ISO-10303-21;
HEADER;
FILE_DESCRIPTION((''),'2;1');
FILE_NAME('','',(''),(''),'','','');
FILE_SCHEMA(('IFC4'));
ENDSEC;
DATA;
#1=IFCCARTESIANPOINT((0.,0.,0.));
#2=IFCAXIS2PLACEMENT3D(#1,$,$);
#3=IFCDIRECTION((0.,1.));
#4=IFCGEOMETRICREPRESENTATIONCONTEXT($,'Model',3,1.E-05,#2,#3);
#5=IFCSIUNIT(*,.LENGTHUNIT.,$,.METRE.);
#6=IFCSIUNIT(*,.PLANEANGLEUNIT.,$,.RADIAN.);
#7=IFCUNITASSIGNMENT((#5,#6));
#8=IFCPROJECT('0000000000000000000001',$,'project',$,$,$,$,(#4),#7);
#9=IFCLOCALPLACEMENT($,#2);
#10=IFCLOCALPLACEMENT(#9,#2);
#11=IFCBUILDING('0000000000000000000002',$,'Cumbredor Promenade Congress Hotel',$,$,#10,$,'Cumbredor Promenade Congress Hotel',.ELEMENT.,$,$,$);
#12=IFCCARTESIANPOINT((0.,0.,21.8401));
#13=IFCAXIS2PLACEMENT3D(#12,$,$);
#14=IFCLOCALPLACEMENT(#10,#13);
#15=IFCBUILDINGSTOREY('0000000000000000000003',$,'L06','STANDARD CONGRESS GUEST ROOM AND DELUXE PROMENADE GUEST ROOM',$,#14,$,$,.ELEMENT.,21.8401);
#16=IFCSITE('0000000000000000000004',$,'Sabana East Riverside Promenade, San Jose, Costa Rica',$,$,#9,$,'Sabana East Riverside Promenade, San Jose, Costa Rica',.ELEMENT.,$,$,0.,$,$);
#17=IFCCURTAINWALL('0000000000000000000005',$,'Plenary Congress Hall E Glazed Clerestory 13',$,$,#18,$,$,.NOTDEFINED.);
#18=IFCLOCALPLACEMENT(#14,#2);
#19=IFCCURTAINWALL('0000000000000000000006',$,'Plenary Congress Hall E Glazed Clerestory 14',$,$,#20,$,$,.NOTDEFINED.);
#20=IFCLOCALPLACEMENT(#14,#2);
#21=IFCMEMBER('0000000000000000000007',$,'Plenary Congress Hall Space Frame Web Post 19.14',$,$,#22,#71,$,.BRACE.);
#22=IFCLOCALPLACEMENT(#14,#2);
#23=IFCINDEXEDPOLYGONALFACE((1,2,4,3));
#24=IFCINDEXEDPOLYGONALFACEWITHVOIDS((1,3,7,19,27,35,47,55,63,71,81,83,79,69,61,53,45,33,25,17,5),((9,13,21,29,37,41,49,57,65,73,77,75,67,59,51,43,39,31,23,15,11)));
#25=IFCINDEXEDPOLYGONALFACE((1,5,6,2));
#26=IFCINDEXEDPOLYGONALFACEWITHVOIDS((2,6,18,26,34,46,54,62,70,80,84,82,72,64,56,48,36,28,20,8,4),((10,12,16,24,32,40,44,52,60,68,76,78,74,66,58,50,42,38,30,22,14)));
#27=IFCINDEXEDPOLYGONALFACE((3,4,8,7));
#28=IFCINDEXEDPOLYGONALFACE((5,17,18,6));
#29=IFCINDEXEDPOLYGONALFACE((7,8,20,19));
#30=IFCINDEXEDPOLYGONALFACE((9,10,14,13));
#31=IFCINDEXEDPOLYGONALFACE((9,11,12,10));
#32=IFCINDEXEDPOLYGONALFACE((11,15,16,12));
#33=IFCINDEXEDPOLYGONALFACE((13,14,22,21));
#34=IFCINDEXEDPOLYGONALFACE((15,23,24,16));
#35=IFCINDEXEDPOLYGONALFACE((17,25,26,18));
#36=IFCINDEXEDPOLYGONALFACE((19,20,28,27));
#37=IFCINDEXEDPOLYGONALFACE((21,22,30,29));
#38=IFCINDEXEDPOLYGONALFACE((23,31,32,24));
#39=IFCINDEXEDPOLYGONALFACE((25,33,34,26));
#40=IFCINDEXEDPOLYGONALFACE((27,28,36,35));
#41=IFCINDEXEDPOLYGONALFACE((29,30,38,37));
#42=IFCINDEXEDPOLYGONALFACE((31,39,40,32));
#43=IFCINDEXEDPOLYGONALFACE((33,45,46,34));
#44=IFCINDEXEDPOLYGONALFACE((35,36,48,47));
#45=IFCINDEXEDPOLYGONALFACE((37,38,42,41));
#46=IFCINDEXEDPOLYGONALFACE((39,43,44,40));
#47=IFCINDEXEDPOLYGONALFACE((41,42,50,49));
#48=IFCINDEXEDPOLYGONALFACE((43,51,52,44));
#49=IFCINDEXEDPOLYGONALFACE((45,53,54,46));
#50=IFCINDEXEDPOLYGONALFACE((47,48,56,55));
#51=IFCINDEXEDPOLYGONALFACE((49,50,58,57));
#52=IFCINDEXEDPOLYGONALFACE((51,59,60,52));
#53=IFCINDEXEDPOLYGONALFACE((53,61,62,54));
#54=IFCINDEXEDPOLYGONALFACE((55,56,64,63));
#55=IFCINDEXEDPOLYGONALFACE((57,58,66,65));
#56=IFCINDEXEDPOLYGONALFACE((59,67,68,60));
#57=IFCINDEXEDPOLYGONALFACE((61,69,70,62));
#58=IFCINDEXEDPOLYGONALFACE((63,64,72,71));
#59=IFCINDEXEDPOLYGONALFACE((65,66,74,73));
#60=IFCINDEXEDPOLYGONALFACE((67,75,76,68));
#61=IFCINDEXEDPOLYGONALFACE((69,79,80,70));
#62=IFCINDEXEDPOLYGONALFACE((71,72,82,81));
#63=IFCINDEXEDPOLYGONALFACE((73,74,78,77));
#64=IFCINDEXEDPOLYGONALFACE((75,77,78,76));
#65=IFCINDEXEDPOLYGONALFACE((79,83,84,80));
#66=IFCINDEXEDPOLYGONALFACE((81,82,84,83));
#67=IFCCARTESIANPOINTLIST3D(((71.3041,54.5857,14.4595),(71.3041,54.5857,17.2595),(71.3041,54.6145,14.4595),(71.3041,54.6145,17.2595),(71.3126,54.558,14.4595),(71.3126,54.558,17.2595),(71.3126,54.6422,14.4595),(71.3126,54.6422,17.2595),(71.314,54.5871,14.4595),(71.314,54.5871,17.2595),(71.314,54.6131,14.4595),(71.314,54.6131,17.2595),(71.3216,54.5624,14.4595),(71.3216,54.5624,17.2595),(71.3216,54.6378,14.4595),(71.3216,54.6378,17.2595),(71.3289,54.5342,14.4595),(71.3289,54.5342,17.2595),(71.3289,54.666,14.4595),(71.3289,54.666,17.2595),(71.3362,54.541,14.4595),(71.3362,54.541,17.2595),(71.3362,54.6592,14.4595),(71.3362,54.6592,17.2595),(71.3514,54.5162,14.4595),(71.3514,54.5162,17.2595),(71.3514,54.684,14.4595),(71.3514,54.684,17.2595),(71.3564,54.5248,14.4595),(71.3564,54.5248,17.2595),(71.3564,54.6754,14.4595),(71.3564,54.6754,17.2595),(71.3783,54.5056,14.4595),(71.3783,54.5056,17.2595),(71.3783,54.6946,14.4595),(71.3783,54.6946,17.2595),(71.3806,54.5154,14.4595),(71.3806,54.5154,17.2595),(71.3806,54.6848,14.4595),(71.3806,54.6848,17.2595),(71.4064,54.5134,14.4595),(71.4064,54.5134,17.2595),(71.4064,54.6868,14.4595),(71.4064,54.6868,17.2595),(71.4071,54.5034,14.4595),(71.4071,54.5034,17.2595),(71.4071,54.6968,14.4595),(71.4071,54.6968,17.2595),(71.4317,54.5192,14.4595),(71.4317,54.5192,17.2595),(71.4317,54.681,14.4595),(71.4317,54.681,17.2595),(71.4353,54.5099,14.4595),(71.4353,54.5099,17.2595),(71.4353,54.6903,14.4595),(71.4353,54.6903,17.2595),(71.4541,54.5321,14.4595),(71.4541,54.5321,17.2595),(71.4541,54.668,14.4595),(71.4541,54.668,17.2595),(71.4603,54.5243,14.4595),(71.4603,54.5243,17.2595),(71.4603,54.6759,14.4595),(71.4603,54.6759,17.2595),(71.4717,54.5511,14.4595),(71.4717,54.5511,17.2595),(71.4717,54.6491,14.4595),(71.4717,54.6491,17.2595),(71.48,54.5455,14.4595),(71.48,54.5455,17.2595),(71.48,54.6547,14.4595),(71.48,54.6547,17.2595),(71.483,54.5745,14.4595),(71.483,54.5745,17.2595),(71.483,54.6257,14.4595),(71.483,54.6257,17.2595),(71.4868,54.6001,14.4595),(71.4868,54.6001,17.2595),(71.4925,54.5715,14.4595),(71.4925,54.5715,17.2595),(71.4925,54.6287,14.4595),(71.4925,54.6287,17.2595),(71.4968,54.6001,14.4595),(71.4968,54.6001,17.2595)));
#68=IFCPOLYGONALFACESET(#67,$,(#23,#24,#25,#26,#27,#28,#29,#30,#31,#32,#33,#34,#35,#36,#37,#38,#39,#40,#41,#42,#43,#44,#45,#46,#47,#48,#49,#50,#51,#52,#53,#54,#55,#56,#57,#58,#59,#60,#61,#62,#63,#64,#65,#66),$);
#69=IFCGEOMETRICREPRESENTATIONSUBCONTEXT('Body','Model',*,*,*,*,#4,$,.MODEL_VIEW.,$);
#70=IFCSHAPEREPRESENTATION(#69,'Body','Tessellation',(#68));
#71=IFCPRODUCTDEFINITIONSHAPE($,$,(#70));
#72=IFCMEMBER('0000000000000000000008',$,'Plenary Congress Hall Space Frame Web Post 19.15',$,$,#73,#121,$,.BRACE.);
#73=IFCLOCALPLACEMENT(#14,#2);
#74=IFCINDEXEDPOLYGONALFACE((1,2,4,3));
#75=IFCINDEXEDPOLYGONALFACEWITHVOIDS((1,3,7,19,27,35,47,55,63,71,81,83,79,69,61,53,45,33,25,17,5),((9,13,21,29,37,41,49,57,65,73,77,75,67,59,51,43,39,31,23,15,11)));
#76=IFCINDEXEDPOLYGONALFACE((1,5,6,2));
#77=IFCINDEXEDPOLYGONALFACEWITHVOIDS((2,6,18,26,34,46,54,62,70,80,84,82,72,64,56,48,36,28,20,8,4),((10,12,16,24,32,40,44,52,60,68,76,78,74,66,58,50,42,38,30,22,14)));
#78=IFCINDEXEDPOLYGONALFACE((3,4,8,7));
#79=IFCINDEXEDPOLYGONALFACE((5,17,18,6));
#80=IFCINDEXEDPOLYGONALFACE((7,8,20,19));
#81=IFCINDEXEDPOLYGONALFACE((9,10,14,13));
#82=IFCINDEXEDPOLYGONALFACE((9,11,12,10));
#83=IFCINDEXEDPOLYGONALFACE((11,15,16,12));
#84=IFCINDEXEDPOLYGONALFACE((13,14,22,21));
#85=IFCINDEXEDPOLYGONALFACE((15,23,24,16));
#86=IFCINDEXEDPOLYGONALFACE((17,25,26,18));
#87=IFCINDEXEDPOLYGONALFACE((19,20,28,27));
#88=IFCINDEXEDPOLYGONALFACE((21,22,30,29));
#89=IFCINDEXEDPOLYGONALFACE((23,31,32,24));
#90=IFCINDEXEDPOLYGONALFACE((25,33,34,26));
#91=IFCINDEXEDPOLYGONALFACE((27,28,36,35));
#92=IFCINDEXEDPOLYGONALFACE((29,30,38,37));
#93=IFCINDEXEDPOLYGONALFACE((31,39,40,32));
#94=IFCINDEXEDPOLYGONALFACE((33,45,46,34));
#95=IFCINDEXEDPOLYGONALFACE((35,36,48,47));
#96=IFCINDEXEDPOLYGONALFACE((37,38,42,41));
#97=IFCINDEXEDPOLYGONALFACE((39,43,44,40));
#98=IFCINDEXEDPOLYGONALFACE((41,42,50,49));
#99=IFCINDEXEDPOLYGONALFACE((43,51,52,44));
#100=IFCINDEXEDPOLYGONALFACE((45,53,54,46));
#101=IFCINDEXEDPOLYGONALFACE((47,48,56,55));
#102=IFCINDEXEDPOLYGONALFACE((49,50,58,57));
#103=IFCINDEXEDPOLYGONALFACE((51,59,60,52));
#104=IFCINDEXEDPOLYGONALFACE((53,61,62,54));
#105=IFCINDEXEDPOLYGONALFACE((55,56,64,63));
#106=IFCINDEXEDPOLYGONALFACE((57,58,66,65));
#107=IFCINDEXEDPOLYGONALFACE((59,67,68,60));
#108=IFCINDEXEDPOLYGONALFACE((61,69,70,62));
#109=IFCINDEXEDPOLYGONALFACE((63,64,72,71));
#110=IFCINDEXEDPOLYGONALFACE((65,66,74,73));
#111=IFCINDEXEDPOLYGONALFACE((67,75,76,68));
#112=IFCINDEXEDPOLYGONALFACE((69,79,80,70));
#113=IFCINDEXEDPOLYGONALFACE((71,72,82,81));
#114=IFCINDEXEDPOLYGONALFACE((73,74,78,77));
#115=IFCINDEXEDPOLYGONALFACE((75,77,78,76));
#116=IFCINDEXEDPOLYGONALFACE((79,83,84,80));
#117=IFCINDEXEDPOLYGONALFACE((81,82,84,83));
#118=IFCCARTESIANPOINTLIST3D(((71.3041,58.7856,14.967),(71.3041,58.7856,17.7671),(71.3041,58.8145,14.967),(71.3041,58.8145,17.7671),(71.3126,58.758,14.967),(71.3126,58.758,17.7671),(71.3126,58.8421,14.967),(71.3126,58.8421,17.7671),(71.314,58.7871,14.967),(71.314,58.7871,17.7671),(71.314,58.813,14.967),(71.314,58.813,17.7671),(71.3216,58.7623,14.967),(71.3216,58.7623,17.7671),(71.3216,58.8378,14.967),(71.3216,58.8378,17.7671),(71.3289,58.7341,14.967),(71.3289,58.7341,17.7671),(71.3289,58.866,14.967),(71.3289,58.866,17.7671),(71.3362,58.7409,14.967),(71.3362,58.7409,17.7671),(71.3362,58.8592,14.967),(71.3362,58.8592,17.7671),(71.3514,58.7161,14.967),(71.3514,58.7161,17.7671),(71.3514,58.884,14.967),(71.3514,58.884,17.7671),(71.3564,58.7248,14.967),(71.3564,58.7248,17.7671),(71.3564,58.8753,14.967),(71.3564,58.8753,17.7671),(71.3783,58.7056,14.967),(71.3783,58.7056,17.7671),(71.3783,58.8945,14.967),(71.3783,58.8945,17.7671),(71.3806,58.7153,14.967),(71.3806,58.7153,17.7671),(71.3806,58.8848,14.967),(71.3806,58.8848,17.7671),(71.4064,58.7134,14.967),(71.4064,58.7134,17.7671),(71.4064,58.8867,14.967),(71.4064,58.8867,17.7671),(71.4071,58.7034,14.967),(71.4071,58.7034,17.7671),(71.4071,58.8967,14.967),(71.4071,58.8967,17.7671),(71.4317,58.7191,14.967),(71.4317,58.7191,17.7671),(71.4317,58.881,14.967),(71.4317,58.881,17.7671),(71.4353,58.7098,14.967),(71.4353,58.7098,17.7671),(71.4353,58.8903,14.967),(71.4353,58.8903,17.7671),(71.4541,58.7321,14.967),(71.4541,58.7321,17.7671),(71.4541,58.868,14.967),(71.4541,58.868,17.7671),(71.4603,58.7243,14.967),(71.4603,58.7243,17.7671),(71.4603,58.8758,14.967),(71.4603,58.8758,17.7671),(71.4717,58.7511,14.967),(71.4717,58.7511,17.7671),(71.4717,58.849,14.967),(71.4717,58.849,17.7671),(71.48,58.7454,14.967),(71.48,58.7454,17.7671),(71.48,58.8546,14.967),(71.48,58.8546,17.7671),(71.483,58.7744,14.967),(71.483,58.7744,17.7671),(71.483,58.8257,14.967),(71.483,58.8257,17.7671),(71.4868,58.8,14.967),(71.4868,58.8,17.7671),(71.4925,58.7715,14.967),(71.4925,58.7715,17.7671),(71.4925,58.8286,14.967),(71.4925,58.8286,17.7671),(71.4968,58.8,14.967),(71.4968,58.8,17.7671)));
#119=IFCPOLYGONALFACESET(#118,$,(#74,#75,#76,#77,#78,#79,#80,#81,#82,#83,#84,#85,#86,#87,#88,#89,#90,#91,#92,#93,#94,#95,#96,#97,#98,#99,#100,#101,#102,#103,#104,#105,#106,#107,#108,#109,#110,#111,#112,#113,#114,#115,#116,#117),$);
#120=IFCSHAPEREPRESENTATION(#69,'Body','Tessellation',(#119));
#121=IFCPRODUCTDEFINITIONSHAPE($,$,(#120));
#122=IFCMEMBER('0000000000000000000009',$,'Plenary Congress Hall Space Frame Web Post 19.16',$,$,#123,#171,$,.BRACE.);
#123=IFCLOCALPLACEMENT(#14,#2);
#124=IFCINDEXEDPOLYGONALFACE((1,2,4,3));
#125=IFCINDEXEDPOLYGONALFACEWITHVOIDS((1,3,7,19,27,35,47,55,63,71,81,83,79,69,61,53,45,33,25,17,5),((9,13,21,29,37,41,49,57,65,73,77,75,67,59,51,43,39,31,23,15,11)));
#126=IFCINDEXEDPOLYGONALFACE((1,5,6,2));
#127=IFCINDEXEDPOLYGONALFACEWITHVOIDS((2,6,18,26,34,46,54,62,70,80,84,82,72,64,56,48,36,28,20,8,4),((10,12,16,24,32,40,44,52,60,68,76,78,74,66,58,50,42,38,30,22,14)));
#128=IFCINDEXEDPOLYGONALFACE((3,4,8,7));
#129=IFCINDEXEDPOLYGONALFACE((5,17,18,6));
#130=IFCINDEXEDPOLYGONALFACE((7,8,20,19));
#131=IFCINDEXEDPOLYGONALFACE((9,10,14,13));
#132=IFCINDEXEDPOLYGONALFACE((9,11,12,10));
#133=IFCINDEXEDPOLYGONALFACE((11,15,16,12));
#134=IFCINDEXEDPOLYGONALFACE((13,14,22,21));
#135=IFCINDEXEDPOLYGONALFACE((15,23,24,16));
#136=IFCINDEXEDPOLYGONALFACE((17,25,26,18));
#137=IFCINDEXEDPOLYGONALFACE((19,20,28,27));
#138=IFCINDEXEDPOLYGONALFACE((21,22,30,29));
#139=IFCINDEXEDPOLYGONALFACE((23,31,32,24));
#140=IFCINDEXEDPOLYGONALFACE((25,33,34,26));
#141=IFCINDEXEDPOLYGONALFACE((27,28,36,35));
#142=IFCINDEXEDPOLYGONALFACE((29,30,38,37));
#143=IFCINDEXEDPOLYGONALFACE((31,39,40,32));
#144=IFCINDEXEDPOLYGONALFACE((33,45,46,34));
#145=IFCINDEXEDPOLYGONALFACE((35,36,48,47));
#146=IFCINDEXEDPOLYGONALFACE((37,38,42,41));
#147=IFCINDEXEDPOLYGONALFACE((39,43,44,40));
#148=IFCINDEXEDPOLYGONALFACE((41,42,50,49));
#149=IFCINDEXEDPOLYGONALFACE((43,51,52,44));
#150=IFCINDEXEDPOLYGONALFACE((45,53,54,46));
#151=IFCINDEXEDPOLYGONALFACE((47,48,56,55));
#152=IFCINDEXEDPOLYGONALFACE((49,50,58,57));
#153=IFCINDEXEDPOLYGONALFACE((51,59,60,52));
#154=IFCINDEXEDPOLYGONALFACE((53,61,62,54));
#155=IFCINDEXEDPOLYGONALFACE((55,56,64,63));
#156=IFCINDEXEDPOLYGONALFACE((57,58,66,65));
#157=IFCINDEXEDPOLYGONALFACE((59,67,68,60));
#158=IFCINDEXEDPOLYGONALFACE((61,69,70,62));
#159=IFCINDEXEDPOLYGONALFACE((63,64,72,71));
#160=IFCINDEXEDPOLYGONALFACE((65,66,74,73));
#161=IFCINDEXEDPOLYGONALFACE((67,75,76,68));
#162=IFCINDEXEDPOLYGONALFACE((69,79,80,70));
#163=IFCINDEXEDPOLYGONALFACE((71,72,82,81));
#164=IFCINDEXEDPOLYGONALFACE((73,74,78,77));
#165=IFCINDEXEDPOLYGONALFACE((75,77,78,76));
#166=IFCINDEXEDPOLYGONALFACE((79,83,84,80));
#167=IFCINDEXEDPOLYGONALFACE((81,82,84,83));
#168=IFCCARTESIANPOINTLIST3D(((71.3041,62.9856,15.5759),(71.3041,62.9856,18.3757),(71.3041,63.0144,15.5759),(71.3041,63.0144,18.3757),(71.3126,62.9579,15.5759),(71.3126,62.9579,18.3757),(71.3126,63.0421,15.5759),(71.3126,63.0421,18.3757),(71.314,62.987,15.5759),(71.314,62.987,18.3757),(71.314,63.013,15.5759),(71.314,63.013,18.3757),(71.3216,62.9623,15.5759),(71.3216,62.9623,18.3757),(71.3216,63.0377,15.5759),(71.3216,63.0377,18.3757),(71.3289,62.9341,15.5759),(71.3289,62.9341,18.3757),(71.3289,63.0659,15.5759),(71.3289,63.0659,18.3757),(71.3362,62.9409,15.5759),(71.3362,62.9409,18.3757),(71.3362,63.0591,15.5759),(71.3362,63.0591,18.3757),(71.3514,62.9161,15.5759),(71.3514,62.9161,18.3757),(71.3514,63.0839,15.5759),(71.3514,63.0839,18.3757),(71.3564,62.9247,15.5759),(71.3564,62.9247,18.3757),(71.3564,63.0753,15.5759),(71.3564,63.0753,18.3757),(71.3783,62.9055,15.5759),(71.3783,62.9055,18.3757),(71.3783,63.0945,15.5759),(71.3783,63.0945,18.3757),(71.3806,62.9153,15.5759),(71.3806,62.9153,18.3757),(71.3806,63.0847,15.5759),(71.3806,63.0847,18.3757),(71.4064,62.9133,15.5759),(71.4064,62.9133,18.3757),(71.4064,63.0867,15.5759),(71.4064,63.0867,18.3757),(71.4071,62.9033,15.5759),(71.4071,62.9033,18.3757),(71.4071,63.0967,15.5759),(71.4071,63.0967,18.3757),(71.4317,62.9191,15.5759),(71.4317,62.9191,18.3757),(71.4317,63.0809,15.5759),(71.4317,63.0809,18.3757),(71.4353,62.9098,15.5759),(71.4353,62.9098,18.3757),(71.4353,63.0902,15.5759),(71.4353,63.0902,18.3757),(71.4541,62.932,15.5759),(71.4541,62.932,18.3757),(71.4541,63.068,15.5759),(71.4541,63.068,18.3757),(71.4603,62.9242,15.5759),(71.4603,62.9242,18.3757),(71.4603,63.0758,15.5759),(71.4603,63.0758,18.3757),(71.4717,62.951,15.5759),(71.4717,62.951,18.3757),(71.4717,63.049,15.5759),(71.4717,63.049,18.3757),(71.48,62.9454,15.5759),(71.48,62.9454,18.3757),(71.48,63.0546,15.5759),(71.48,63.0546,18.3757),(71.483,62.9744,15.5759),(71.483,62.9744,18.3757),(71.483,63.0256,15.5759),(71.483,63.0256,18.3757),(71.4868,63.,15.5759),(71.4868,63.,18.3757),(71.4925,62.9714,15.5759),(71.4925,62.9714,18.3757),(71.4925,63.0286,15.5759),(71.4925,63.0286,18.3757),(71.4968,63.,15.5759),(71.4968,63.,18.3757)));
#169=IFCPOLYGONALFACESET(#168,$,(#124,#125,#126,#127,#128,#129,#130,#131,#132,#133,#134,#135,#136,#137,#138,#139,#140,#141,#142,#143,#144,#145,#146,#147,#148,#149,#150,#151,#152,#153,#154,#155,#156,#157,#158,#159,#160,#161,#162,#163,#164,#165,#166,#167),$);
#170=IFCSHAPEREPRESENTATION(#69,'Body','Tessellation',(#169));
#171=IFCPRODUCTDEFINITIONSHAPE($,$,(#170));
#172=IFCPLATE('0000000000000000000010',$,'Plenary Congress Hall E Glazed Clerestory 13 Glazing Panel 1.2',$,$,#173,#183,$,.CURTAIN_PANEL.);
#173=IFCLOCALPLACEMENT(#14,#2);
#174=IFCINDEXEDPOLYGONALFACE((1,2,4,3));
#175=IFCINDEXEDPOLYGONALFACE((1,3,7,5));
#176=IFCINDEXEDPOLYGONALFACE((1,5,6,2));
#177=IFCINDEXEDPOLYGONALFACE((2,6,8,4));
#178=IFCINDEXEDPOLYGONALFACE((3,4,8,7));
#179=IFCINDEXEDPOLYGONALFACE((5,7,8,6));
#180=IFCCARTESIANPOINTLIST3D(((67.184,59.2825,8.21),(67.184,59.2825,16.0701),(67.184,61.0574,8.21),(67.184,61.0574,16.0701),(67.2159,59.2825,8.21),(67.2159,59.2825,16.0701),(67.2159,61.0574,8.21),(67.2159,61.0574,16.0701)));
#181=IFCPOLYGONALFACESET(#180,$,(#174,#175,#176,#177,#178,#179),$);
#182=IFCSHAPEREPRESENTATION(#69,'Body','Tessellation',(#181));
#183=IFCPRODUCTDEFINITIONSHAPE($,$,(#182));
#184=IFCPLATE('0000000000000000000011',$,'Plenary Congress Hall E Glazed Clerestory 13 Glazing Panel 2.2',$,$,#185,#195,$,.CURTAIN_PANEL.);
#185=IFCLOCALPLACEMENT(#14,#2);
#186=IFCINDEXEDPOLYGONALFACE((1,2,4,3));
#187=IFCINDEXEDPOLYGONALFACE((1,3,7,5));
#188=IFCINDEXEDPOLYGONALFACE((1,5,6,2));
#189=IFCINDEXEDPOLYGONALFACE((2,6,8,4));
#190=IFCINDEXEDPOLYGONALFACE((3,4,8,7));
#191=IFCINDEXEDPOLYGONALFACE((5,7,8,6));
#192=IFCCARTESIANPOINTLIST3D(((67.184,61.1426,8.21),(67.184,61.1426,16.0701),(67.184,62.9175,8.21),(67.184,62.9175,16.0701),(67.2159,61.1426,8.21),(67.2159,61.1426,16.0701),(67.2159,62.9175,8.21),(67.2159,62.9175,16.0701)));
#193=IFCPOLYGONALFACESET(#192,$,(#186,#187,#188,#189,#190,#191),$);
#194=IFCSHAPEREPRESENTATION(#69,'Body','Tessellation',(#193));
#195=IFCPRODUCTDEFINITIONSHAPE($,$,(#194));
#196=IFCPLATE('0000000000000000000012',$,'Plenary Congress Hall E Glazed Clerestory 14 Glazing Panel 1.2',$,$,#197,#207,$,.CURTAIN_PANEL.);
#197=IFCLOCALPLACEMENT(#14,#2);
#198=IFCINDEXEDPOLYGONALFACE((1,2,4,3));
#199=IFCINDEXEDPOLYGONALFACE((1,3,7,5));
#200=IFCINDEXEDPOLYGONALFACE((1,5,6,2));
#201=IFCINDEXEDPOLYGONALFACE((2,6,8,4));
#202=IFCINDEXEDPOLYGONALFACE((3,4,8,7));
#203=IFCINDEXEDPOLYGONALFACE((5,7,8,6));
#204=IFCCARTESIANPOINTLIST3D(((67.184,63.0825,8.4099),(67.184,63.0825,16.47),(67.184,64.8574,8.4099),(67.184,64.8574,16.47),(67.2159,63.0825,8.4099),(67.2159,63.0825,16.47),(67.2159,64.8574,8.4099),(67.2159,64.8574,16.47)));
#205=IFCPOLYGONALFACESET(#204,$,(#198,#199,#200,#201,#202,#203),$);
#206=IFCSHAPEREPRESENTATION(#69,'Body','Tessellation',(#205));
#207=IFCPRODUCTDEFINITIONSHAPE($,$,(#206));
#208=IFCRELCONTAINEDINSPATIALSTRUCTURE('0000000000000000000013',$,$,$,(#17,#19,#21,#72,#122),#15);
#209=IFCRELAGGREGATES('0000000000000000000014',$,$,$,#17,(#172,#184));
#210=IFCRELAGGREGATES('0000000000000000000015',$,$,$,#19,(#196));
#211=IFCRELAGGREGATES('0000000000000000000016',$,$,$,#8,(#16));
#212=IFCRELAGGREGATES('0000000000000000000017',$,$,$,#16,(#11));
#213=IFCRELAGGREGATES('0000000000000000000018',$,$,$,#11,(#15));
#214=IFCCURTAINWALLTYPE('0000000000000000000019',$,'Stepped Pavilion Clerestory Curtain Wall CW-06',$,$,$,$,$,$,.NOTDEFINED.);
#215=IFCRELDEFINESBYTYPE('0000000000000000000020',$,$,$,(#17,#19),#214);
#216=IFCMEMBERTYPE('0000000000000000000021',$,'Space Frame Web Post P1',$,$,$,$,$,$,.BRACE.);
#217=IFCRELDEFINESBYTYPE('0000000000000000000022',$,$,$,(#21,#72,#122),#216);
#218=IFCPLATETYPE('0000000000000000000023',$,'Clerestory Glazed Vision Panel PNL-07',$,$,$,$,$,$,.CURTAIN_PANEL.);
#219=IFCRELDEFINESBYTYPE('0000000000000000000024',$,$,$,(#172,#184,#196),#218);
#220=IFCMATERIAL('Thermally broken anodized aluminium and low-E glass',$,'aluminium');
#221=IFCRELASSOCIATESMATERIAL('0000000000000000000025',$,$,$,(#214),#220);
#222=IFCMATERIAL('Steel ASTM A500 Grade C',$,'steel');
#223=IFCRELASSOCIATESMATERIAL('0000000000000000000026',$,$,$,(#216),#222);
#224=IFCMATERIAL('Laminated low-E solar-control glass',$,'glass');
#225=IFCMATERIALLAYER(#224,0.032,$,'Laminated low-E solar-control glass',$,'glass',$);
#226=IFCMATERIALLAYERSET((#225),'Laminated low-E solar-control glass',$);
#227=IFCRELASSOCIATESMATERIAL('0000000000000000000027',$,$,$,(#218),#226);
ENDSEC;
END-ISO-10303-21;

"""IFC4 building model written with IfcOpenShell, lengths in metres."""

from ifc_helpers import new_model, si_unit, direction, frame, origin, origin_2d, place, context, subcontext, project, spatial, rectangle, hollow_circle, extrude, material, layer, layer_set, material_profile, profile_set, type_object, element, aggregate, save


model = new_model("IFC4")

# Units and contexts
model_context = context("Model", 3, precision=1e-05, world=origin(), true_north=direction((0.0, 1.0)))
body_context = subcontext(model_context, "Body", "Model", "MODEL_VIEW")
ifc_project = project(units=[si_unit("LENGTHUNIT", "METRE"), si_unit("PLANEANGLEUNIT", "RADIAN")], contexts=[model_context])

# Site, building, storey
site_placement = place(None, origin())
site = spatial("IfcSite", under=ifc_project, at=site_placement, Name="Sabana East Riverside Promenade, San Jose, Costa Rica", LongName="Sabana East Riverside Promenade, San Jose, Costa Rica", CompositionType="ELEMENT", RefElevation=0.0)
building_placement = place(site_placement, origin())
building = spatial("IfcBuilding", under=site, at=building_placement, Name="Cumbredor Promenade Congress Hotel", LongName="Cumbredor Promenade Congress Hotel", CompositionType="ELEMENT")
storey_placement = place(building_placement, frame((0.0, 0.0, 21.8401)))
storey = spatial("IfcBuildingStorey", under=building, at=storey_placement, Name="L06", Description="STANDARD CONGRESS GUEST ROOM AND DELUXE PROMENADE GUEST ROOM", CompositionType="ELEMENT", Elevation=21.8401)

# Curtain walls
ifc_material_1 = material(Name="Thermally broken anodized aluminium and low-E glass", Category="aluminium")
curtain_wall_type = type_object("IfcCurtainWallType", Name="Stepped Pavilion Clerestory Curtain Wall CW-06", PredefinedType="NOTDEFINED", material=ifc_material_1)
curtain_wall_1_placement = place(storey_placement, origin())
curtain_wall_1 = element("IfcCurtainWall", 1, at=curtain_wall_1_placement, inside=storey, type_object=curtain_wall_type, Name="Plenary Congress Hall E Glazed Clerestory 13", PredefinedType="NOTDEFINED")
curtain_wall_2_placement = place(storey_placement, origin())
curtain_wall_2 = element("IfcCurtainWall", 2, at=curtain_wall_2_placement, inside=storey, type_object=curtain_wall_type, Name="Plenary Congress Hall E Glazed Clerestory 14", PredefinedType="NOTDEFINED")

# Members
ifc_material_2 = material(Name="Steel ASTM A500 Grade C", Category="steel")
ifc_material_profile_1 = material_profile(ifc_material_2, hollow_circle(Radius=0.0969, WallThickness=0.01, at=origin_2d()), Name="CHS 193.7x10")
ifc_profile_set_1 = profile_set([ifc_material_profile_1], Name="Steel ASTM A500 Grade C")
member_type_1 = type_object("IfcMemberType", Name="Space Frame Web Post P1", PredefinedType="BRACE", material=ifc_profile_set_1)
for number, where, z_axis, x_axis, name in (
    (3, (71.3999, 54.6001, 14.4595), (0.0, 0.0, 1.0), (1.0, 0.0, 0.0), "Plenary Congress Hall Space Frame Web Post 19.14"),
    (4, (71.3999, 58.8, 14.967), (0.0, 0.0, 1.0), (1.0, 0.0, 0.0), "Plenary Congress Hall Space Frame Web Post 19.15"),
):
    element("IfcMember", number, at=place(storey_placement, frame(where, z_axis=z_axis, x_axis=x_axis)), inside=storey, type_object=member_type_1, Name=name, PredefinedType="BRACE", context=body_context, shape_type="SweptSolid", body=[
        extrude(hollow_circle(Radius=0.0969, WallThickness=0.01, at=origin_2d()), origin(), (0.0, 0.0, 1.0), 2.8),
    ])
member_1_placement = place(storey_placement, frame((71.3999, 63.0, 15.5759), z_axis=(0.0, 0.0, 1.0), x_axis=(1.0, 0.0, 0.0)))
element("IfcMember", 5, at=member_1_placement, inside=storey, type_object=member_type_1, Name="Plenary Congress Hall Space Frame Web Post 19.16", PredefinedType="BRACE", context=body_context, shape_type="SweptSolid", body=[
    extrude(hollow_circle(Radius=0.0969, WallThickness=0.01, at=origin_2d()), origin(), (0.0, 0.0, 1.0), 2.7998),
])

# Plates
ifc_material_3 = material(Name="Laminated low-E solar-control glass", Category="glass")
ifc_layer_1 = layer(ifc_material_3, 0.032, Name="Laminated low-E solar-control glass", Category="glass")
ifc_layer_set_1 = layer_set([ifc_layer_1], Name="Laminated low-E solar-control glass")
plate_type_1 = type_object("IfcPlateType", Name="Clerestory Glazed Vision Panel PNL-07", PredefinedType="CURTAIN_PANEL", material=ifc_layer_set_1)
plate_1_placement = place(storey_placement, frame((67.2, 60.1699, 8.21), z_axis=(0.0, 0.0, 1.0), x_axis=(0.0, 1.0, 0.0)))
plate_1 = element("IfcPlate", 6, at=plate_1_placement, type_object=plate_type_1, Name="Plenary Congress Hall E Glazed Clerestory 13 Glazing Panel 1.2", PredefinedType="CURTAIN_PANEL", context=body_context, shape_type="SweptSolid", body=[
    extrude(rectangle(XDim=1.7749, YDim=0.032, at=origin_2d()), origin(), (0.0, 0.0, 1.0), 7.8601),
])
plate_2_placement = place(storey_placement, frame((67.2, 62.03, 8.21), z_axis=(0.0, 0.0, 1.0), x_axis=(0.0, 1.0, 0.0)))
plate_2 = element("IfcPlate", 7, at=plate_2_placement, type_object=plate_type_1, Name="Plenary Congress Hall E Glazed Clerestory 13 Glazing Panel 2.2", PredefinedType="CURTAIN_PANEL", context=body_context, shape_type="SweptSolid", body=[
    extrude(rectangle(XDim=1.7749, YDim=0.032, at=origin_2d()), origin(), (0.0, 0.0, 1.0), 7.8601),
])
aggregate(curtain_wall_1, [plate_1, plate_2])
plate_3_placement = place(storey_placement, frame((67.2, 63.97, 8.4099), z_axis=(0.0, 0.0, 1.0), x_axis=(0.0, 1.0, 0.0)))
plate_3 = element("IfcPlate", 8, at=plate_3_placement, type_object=plate_type_1, Name="Plenary Congress Hall E Glazed Clerestory 14 Glazing Panel 1.2", PredefinedType="CURTAIN_PANEL", context=body_context, shape_type="SweptSolid", body=[
    extrude(rectangle(XDim=1.7749, YDim=0.032, at=origin_2d()), origin(), (0.0, 0.0, 1.0), 8.0601),
])
aggregate(curtain_wall_2, [plate_3])

save(model, "model.ifc")
